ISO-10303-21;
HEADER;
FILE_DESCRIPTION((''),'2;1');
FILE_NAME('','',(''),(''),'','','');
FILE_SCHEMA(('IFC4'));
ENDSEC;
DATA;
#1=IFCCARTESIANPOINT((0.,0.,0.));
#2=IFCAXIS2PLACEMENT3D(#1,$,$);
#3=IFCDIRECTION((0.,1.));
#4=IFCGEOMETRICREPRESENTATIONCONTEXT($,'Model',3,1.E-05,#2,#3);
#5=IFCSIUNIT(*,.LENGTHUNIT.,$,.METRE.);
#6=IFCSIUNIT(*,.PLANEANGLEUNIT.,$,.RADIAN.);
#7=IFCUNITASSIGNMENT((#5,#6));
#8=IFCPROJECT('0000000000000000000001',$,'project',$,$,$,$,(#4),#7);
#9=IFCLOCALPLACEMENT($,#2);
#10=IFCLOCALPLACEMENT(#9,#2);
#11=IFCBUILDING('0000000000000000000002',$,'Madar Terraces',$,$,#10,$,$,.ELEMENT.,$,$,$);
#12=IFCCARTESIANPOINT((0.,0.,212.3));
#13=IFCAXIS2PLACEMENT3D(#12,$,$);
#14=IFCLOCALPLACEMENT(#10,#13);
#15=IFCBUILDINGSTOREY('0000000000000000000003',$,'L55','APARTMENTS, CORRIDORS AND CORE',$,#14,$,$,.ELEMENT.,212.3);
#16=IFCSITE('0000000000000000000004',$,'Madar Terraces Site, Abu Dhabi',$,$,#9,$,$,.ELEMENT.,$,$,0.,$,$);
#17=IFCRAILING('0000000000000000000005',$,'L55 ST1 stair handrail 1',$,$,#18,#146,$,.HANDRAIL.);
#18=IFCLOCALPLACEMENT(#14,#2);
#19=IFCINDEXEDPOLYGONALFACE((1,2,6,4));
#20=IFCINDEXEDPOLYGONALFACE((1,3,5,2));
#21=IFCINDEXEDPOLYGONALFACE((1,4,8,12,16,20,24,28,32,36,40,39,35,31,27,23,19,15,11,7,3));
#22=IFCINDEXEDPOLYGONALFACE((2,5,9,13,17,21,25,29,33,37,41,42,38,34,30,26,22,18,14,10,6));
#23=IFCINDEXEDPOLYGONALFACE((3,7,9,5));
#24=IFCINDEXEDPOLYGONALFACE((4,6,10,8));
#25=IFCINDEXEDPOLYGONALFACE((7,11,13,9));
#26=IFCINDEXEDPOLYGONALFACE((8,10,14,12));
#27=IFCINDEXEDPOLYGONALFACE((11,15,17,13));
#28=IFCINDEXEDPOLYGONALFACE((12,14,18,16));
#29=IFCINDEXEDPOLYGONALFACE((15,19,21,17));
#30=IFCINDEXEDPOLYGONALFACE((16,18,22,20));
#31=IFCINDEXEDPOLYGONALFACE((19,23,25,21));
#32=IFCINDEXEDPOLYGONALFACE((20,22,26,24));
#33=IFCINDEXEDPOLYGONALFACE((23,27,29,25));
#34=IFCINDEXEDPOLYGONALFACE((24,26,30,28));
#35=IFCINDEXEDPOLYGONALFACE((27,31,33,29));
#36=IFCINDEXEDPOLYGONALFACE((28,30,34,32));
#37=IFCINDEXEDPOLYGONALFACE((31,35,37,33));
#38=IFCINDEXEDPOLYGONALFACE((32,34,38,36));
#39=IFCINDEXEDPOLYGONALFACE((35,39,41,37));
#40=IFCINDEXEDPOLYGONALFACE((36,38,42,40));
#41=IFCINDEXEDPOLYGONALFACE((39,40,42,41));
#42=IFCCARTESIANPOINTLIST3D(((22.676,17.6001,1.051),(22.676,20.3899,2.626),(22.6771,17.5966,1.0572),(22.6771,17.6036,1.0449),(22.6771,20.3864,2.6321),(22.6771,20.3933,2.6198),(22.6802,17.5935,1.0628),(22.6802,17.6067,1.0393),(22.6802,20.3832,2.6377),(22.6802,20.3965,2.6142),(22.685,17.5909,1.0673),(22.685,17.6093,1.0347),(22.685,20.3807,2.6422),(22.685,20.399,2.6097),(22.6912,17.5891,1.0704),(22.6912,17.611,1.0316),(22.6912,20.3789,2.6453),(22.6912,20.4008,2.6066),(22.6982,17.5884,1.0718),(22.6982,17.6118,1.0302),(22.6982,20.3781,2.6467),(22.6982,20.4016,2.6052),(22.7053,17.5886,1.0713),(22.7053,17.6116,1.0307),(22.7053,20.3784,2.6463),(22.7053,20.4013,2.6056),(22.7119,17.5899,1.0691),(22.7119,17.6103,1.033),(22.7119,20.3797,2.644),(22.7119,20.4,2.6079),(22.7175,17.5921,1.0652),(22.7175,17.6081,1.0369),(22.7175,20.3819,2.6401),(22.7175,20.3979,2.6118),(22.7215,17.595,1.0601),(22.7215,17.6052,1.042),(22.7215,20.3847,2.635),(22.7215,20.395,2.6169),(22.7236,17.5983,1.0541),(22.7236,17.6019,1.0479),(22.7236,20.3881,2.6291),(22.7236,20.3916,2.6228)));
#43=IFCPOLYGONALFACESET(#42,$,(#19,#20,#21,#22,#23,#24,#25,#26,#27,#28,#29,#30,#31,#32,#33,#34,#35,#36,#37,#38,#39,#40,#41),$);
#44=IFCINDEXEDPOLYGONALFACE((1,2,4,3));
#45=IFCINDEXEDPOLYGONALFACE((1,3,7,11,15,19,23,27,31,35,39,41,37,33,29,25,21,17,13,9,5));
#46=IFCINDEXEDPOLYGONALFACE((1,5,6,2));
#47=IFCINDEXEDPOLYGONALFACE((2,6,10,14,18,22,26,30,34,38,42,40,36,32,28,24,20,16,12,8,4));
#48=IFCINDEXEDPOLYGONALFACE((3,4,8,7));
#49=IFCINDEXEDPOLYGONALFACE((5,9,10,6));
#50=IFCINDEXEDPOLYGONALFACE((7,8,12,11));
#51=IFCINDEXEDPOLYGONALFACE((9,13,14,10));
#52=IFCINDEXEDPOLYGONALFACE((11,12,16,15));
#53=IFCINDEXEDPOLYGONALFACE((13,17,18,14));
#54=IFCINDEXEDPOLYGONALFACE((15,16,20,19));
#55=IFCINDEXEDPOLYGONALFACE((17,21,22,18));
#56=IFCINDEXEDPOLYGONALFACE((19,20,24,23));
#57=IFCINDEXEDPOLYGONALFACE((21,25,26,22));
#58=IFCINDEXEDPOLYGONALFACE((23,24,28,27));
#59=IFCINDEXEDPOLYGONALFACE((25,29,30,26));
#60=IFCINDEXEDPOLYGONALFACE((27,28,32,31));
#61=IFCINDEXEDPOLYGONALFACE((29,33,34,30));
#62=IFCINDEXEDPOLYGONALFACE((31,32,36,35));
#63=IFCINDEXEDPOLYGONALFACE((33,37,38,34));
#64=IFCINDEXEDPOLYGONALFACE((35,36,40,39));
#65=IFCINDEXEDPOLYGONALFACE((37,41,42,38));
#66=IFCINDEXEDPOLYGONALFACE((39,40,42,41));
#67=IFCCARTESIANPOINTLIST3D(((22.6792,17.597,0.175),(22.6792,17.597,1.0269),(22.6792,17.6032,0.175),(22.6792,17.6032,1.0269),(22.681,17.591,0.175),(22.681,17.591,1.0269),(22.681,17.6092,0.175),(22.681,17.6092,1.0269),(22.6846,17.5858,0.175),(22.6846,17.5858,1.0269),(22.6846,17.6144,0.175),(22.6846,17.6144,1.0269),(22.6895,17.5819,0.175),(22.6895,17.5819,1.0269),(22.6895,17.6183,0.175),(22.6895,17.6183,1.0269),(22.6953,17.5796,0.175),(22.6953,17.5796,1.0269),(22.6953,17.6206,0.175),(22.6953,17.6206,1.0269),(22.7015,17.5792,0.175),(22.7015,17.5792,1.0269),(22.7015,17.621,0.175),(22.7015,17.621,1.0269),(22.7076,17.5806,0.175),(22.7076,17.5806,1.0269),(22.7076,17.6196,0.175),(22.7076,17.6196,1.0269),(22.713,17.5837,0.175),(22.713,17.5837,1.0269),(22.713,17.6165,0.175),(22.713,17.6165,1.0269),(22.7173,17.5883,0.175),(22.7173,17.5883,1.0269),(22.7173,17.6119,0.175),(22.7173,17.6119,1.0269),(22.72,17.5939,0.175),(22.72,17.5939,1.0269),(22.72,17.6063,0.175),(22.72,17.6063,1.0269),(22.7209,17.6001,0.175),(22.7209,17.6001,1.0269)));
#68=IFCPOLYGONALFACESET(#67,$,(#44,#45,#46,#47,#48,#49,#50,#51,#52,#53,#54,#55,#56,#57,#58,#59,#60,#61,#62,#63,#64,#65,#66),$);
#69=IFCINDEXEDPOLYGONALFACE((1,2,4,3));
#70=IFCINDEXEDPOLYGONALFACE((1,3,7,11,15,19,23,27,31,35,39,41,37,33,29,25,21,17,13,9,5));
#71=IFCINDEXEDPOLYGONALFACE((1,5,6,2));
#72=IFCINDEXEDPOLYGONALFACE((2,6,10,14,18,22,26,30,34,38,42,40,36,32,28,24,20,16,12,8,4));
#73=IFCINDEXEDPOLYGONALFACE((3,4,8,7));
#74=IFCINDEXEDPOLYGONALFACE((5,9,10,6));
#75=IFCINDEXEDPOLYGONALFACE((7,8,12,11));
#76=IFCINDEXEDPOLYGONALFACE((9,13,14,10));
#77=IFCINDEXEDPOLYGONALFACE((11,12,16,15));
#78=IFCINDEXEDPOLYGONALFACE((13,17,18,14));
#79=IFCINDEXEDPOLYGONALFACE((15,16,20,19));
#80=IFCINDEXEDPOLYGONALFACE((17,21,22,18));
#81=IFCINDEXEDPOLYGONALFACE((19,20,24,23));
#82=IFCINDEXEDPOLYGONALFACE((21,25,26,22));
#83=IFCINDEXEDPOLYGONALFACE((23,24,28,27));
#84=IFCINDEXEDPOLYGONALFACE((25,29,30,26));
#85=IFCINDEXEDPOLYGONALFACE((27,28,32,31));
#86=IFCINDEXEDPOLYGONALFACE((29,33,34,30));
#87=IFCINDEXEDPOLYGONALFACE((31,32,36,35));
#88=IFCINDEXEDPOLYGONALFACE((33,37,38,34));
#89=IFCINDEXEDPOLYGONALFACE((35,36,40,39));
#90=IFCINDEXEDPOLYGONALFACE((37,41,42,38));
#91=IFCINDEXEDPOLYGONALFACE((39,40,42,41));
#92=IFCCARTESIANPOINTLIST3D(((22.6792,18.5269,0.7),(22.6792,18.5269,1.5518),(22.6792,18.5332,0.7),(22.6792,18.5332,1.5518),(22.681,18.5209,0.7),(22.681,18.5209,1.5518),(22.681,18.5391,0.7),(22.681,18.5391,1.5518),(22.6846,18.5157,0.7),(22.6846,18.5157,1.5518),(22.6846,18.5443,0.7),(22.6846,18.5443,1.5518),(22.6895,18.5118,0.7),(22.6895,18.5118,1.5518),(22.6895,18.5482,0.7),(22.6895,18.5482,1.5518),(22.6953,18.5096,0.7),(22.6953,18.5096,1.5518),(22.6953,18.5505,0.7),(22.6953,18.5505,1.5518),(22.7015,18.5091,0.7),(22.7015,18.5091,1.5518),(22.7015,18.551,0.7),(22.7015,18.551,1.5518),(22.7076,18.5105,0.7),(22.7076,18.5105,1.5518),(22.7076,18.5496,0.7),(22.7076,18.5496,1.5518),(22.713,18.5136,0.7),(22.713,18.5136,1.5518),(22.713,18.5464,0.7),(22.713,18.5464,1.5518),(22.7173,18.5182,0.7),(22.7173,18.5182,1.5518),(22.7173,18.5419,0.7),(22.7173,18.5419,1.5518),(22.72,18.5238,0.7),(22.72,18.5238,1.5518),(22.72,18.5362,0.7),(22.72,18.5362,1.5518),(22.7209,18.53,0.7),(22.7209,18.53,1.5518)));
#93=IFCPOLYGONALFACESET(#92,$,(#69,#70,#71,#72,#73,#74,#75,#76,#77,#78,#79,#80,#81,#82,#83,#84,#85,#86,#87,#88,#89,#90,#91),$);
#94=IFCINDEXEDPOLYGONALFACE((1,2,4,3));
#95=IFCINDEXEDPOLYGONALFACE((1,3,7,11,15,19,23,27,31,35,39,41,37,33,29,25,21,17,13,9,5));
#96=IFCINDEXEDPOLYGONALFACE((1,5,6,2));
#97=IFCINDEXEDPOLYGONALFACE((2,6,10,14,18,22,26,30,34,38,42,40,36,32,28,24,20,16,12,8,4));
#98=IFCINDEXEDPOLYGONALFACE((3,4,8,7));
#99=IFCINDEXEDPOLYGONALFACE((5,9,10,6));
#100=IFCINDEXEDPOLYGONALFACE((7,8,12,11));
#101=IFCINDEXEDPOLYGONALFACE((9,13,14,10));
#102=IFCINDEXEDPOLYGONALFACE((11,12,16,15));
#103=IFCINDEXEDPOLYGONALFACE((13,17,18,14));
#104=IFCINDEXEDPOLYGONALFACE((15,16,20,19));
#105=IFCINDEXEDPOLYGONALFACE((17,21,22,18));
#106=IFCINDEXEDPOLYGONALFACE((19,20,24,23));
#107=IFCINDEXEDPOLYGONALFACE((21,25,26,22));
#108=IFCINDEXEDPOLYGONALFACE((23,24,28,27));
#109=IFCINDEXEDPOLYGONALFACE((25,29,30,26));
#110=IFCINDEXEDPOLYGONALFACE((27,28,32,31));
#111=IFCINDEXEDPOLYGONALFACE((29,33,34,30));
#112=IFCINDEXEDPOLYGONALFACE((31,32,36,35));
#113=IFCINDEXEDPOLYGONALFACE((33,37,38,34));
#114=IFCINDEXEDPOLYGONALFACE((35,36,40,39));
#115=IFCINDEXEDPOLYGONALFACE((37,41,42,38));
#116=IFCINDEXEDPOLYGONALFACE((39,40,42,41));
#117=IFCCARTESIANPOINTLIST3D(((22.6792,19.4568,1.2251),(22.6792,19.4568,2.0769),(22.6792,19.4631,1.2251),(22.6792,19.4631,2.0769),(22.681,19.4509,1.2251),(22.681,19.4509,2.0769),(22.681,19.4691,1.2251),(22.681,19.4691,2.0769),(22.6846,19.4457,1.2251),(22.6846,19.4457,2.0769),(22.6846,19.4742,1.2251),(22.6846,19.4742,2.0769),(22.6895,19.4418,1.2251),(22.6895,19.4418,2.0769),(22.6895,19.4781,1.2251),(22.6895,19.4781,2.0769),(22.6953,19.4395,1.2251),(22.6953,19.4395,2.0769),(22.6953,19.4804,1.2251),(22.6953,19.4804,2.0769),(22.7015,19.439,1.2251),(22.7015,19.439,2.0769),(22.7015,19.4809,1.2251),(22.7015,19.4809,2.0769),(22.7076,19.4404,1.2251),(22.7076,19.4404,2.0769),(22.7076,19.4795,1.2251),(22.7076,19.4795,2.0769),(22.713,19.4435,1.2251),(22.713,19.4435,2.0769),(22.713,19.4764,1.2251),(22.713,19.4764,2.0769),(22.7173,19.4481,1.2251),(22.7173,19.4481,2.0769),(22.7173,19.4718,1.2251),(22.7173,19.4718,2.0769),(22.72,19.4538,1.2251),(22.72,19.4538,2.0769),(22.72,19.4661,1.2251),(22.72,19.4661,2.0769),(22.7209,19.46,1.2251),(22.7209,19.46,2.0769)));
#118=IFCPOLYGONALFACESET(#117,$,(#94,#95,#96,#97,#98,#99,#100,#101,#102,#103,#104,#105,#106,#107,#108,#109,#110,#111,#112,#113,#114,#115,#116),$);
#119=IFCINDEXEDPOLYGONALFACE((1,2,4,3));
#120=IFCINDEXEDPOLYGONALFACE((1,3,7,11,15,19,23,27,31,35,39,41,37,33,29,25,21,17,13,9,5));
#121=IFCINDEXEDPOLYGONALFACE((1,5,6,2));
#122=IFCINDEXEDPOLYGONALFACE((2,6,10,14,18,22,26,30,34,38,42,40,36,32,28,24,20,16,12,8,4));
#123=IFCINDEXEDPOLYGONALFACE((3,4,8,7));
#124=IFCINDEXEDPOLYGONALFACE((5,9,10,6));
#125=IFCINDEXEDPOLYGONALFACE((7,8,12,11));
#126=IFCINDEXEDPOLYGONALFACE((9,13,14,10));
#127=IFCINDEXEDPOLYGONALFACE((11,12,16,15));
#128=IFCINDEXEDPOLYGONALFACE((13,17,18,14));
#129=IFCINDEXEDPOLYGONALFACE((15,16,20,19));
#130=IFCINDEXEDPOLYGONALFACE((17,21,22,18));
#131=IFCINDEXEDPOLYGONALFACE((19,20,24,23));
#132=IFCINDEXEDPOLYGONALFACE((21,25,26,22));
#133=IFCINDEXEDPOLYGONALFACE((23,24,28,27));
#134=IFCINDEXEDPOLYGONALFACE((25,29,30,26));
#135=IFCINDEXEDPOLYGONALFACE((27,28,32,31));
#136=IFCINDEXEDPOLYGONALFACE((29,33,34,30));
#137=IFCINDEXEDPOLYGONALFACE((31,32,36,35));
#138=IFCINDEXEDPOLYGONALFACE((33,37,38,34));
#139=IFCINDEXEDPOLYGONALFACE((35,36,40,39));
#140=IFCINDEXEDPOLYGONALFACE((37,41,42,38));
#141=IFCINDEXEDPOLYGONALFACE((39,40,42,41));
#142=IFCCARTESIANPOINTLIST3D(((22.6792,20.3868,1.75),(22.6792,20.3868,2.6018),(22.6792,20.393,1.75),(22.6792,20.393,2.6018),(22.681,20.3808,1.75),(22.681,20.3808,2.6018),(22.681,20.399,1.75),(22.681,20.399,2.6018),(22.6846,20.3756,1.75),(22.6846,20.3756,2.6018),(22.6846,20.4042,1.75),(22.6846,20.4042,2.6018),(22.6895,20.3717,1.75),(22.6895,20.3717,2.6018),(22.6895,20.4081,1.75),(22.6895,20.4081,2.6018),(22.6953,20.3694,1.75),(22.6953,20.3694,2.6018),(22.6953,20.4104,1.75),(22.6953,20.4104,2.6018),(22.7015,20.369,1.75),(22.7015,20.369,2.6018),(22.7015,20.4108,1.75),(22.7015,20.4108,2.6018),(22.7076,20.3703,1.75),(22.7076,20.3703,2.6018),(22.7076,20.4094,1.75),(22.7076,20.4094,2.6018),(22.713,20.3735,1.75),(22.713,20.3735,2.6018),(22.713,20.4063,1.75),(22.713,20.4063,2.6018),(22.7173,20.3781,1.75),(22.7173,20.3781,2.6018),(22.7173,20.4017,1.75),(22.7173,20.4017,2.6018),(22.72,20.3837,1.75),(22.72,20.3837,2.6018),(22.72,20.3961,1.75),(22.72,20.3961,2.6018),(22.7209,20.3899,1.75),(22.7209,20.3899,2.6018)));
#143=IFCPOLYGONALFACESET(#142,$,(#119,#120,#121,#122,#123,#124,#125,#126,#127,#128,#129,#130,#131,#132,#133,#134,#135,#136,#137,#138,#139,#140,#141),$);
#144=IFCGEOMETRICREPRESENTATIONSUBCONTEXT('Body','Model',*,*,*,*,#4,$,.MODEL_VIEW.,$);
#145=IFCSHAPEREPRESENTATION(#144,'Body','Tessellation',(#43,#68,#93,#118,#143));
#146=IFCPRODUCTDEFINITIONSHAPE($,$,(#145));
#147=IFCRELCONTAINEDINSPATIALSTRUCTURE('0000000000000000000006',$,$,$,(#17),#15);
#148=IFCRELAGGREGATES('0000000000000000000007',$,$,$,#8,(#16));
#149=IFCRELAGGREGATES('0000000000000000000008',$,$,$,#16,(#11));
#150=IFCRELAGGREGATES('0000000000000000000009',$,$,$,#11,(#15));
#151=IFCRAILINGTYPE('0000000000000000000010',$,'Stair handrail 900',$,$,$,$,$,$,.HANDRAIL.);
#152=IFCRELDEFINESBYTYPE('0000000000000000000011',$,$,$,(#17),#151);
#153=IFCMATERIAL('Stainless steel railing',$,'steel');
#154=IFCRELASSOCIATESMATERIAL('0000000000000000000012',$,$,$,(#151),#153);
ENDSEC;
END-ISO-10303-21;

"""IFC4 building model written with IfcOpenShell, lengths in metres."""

from ifc_helpers import new_model, si_unit, direction, frame, origin, origin_2d, place, context, subcontext, project, spatial, circle, extrude, material, type_object, element, save


model = new_model("IFC4")

# Units and contexts
model_context = context("Model", 3, precision=1e-05, world=origin(), true_north=direction((0.0, 1.0)))
body_context = subcontext(model_context, "Body", "Model", "MODEL_VIEW")
ifc_project = project(units=[si_unit("LENGTHUNIT", "METRE"), si_unit("PLANEANGLEUNIT", "RADIAN")], contexts=[model_context])

# Site, building, storey
site_placement = place(None, origin())
site = spatial("IfcSite", under=ifc_project, at=site_placement, Name="Madar Terraces Site, Abu Dhabi", CompositionType="ELEMENT", RefElevation=0.0)
building_placement = place(site_placement, origin())
building = spatial("IfcBuilding", under=site, at=building_placement, Name="Madar Terraces", CompositionType="ELEMENT")
storey_placement = place(building_placement, frame((0.0, 0.0, 212.3)))
storey = spatial("IfcBuildingStorey", under=building, at=storey_placement, Name="L55", Description="APARTMENTS, CORRIDORS AND CORE", CompositionType="ELEMENT", Elevation=212.3)

# Railing
ifc_material_1 = material(Name="Stainless steel railing", Category="steel")
railing_type_1 = type_object("IfcRailingType", Name="Stair handrail 900", PredefinedType="HANDRAIL", material=ifc_material_1)
railing_placement = place(storey_placement, frame((22.7, 17.6001, 0.175)))
element("IfcRailing", 1, at=railing_placement, inside=storey, type_object=railing_type_1, Name="L55 ST1 stair handrail 1", PredefinedType="HANDRAIL", context=body_context, shape_type="SweptSolid", body=[
    extrude(circle(Radius=0.0239, at=origin_2d()), frame((0.0, 0.0, 0.876), z_axis=(0.0, 0.870815, 0.49161), x_axis=(-1.0, 0.0, 0.0)), (0.0, 0.0, 1.0), 3.2036),
    extrude(circle(Radius=0.021, at=origin_2d()), origin(), (0.0, 0.0, 1.0), 0.8518),
    extrude(circle(Radius=0.021, at=origin_2d()), frame((0.0, 0.9299, 0.5249)), (0.0, 0.0, 1.0), 0.8518),
    extrude(circle(Radius=0.021, at=origin_2d()), frame((0.0, 1.8599, 1.05)), (0.0, 0.0, 1.0), 0.8518),
    extrude(circle(Radius=0.021, at=origin_2d()), frame((0.0, 2.7898, 1.575)), (0.0, 0.0, 1.0), 0.8518),
])

save(model, "model.ifc")
